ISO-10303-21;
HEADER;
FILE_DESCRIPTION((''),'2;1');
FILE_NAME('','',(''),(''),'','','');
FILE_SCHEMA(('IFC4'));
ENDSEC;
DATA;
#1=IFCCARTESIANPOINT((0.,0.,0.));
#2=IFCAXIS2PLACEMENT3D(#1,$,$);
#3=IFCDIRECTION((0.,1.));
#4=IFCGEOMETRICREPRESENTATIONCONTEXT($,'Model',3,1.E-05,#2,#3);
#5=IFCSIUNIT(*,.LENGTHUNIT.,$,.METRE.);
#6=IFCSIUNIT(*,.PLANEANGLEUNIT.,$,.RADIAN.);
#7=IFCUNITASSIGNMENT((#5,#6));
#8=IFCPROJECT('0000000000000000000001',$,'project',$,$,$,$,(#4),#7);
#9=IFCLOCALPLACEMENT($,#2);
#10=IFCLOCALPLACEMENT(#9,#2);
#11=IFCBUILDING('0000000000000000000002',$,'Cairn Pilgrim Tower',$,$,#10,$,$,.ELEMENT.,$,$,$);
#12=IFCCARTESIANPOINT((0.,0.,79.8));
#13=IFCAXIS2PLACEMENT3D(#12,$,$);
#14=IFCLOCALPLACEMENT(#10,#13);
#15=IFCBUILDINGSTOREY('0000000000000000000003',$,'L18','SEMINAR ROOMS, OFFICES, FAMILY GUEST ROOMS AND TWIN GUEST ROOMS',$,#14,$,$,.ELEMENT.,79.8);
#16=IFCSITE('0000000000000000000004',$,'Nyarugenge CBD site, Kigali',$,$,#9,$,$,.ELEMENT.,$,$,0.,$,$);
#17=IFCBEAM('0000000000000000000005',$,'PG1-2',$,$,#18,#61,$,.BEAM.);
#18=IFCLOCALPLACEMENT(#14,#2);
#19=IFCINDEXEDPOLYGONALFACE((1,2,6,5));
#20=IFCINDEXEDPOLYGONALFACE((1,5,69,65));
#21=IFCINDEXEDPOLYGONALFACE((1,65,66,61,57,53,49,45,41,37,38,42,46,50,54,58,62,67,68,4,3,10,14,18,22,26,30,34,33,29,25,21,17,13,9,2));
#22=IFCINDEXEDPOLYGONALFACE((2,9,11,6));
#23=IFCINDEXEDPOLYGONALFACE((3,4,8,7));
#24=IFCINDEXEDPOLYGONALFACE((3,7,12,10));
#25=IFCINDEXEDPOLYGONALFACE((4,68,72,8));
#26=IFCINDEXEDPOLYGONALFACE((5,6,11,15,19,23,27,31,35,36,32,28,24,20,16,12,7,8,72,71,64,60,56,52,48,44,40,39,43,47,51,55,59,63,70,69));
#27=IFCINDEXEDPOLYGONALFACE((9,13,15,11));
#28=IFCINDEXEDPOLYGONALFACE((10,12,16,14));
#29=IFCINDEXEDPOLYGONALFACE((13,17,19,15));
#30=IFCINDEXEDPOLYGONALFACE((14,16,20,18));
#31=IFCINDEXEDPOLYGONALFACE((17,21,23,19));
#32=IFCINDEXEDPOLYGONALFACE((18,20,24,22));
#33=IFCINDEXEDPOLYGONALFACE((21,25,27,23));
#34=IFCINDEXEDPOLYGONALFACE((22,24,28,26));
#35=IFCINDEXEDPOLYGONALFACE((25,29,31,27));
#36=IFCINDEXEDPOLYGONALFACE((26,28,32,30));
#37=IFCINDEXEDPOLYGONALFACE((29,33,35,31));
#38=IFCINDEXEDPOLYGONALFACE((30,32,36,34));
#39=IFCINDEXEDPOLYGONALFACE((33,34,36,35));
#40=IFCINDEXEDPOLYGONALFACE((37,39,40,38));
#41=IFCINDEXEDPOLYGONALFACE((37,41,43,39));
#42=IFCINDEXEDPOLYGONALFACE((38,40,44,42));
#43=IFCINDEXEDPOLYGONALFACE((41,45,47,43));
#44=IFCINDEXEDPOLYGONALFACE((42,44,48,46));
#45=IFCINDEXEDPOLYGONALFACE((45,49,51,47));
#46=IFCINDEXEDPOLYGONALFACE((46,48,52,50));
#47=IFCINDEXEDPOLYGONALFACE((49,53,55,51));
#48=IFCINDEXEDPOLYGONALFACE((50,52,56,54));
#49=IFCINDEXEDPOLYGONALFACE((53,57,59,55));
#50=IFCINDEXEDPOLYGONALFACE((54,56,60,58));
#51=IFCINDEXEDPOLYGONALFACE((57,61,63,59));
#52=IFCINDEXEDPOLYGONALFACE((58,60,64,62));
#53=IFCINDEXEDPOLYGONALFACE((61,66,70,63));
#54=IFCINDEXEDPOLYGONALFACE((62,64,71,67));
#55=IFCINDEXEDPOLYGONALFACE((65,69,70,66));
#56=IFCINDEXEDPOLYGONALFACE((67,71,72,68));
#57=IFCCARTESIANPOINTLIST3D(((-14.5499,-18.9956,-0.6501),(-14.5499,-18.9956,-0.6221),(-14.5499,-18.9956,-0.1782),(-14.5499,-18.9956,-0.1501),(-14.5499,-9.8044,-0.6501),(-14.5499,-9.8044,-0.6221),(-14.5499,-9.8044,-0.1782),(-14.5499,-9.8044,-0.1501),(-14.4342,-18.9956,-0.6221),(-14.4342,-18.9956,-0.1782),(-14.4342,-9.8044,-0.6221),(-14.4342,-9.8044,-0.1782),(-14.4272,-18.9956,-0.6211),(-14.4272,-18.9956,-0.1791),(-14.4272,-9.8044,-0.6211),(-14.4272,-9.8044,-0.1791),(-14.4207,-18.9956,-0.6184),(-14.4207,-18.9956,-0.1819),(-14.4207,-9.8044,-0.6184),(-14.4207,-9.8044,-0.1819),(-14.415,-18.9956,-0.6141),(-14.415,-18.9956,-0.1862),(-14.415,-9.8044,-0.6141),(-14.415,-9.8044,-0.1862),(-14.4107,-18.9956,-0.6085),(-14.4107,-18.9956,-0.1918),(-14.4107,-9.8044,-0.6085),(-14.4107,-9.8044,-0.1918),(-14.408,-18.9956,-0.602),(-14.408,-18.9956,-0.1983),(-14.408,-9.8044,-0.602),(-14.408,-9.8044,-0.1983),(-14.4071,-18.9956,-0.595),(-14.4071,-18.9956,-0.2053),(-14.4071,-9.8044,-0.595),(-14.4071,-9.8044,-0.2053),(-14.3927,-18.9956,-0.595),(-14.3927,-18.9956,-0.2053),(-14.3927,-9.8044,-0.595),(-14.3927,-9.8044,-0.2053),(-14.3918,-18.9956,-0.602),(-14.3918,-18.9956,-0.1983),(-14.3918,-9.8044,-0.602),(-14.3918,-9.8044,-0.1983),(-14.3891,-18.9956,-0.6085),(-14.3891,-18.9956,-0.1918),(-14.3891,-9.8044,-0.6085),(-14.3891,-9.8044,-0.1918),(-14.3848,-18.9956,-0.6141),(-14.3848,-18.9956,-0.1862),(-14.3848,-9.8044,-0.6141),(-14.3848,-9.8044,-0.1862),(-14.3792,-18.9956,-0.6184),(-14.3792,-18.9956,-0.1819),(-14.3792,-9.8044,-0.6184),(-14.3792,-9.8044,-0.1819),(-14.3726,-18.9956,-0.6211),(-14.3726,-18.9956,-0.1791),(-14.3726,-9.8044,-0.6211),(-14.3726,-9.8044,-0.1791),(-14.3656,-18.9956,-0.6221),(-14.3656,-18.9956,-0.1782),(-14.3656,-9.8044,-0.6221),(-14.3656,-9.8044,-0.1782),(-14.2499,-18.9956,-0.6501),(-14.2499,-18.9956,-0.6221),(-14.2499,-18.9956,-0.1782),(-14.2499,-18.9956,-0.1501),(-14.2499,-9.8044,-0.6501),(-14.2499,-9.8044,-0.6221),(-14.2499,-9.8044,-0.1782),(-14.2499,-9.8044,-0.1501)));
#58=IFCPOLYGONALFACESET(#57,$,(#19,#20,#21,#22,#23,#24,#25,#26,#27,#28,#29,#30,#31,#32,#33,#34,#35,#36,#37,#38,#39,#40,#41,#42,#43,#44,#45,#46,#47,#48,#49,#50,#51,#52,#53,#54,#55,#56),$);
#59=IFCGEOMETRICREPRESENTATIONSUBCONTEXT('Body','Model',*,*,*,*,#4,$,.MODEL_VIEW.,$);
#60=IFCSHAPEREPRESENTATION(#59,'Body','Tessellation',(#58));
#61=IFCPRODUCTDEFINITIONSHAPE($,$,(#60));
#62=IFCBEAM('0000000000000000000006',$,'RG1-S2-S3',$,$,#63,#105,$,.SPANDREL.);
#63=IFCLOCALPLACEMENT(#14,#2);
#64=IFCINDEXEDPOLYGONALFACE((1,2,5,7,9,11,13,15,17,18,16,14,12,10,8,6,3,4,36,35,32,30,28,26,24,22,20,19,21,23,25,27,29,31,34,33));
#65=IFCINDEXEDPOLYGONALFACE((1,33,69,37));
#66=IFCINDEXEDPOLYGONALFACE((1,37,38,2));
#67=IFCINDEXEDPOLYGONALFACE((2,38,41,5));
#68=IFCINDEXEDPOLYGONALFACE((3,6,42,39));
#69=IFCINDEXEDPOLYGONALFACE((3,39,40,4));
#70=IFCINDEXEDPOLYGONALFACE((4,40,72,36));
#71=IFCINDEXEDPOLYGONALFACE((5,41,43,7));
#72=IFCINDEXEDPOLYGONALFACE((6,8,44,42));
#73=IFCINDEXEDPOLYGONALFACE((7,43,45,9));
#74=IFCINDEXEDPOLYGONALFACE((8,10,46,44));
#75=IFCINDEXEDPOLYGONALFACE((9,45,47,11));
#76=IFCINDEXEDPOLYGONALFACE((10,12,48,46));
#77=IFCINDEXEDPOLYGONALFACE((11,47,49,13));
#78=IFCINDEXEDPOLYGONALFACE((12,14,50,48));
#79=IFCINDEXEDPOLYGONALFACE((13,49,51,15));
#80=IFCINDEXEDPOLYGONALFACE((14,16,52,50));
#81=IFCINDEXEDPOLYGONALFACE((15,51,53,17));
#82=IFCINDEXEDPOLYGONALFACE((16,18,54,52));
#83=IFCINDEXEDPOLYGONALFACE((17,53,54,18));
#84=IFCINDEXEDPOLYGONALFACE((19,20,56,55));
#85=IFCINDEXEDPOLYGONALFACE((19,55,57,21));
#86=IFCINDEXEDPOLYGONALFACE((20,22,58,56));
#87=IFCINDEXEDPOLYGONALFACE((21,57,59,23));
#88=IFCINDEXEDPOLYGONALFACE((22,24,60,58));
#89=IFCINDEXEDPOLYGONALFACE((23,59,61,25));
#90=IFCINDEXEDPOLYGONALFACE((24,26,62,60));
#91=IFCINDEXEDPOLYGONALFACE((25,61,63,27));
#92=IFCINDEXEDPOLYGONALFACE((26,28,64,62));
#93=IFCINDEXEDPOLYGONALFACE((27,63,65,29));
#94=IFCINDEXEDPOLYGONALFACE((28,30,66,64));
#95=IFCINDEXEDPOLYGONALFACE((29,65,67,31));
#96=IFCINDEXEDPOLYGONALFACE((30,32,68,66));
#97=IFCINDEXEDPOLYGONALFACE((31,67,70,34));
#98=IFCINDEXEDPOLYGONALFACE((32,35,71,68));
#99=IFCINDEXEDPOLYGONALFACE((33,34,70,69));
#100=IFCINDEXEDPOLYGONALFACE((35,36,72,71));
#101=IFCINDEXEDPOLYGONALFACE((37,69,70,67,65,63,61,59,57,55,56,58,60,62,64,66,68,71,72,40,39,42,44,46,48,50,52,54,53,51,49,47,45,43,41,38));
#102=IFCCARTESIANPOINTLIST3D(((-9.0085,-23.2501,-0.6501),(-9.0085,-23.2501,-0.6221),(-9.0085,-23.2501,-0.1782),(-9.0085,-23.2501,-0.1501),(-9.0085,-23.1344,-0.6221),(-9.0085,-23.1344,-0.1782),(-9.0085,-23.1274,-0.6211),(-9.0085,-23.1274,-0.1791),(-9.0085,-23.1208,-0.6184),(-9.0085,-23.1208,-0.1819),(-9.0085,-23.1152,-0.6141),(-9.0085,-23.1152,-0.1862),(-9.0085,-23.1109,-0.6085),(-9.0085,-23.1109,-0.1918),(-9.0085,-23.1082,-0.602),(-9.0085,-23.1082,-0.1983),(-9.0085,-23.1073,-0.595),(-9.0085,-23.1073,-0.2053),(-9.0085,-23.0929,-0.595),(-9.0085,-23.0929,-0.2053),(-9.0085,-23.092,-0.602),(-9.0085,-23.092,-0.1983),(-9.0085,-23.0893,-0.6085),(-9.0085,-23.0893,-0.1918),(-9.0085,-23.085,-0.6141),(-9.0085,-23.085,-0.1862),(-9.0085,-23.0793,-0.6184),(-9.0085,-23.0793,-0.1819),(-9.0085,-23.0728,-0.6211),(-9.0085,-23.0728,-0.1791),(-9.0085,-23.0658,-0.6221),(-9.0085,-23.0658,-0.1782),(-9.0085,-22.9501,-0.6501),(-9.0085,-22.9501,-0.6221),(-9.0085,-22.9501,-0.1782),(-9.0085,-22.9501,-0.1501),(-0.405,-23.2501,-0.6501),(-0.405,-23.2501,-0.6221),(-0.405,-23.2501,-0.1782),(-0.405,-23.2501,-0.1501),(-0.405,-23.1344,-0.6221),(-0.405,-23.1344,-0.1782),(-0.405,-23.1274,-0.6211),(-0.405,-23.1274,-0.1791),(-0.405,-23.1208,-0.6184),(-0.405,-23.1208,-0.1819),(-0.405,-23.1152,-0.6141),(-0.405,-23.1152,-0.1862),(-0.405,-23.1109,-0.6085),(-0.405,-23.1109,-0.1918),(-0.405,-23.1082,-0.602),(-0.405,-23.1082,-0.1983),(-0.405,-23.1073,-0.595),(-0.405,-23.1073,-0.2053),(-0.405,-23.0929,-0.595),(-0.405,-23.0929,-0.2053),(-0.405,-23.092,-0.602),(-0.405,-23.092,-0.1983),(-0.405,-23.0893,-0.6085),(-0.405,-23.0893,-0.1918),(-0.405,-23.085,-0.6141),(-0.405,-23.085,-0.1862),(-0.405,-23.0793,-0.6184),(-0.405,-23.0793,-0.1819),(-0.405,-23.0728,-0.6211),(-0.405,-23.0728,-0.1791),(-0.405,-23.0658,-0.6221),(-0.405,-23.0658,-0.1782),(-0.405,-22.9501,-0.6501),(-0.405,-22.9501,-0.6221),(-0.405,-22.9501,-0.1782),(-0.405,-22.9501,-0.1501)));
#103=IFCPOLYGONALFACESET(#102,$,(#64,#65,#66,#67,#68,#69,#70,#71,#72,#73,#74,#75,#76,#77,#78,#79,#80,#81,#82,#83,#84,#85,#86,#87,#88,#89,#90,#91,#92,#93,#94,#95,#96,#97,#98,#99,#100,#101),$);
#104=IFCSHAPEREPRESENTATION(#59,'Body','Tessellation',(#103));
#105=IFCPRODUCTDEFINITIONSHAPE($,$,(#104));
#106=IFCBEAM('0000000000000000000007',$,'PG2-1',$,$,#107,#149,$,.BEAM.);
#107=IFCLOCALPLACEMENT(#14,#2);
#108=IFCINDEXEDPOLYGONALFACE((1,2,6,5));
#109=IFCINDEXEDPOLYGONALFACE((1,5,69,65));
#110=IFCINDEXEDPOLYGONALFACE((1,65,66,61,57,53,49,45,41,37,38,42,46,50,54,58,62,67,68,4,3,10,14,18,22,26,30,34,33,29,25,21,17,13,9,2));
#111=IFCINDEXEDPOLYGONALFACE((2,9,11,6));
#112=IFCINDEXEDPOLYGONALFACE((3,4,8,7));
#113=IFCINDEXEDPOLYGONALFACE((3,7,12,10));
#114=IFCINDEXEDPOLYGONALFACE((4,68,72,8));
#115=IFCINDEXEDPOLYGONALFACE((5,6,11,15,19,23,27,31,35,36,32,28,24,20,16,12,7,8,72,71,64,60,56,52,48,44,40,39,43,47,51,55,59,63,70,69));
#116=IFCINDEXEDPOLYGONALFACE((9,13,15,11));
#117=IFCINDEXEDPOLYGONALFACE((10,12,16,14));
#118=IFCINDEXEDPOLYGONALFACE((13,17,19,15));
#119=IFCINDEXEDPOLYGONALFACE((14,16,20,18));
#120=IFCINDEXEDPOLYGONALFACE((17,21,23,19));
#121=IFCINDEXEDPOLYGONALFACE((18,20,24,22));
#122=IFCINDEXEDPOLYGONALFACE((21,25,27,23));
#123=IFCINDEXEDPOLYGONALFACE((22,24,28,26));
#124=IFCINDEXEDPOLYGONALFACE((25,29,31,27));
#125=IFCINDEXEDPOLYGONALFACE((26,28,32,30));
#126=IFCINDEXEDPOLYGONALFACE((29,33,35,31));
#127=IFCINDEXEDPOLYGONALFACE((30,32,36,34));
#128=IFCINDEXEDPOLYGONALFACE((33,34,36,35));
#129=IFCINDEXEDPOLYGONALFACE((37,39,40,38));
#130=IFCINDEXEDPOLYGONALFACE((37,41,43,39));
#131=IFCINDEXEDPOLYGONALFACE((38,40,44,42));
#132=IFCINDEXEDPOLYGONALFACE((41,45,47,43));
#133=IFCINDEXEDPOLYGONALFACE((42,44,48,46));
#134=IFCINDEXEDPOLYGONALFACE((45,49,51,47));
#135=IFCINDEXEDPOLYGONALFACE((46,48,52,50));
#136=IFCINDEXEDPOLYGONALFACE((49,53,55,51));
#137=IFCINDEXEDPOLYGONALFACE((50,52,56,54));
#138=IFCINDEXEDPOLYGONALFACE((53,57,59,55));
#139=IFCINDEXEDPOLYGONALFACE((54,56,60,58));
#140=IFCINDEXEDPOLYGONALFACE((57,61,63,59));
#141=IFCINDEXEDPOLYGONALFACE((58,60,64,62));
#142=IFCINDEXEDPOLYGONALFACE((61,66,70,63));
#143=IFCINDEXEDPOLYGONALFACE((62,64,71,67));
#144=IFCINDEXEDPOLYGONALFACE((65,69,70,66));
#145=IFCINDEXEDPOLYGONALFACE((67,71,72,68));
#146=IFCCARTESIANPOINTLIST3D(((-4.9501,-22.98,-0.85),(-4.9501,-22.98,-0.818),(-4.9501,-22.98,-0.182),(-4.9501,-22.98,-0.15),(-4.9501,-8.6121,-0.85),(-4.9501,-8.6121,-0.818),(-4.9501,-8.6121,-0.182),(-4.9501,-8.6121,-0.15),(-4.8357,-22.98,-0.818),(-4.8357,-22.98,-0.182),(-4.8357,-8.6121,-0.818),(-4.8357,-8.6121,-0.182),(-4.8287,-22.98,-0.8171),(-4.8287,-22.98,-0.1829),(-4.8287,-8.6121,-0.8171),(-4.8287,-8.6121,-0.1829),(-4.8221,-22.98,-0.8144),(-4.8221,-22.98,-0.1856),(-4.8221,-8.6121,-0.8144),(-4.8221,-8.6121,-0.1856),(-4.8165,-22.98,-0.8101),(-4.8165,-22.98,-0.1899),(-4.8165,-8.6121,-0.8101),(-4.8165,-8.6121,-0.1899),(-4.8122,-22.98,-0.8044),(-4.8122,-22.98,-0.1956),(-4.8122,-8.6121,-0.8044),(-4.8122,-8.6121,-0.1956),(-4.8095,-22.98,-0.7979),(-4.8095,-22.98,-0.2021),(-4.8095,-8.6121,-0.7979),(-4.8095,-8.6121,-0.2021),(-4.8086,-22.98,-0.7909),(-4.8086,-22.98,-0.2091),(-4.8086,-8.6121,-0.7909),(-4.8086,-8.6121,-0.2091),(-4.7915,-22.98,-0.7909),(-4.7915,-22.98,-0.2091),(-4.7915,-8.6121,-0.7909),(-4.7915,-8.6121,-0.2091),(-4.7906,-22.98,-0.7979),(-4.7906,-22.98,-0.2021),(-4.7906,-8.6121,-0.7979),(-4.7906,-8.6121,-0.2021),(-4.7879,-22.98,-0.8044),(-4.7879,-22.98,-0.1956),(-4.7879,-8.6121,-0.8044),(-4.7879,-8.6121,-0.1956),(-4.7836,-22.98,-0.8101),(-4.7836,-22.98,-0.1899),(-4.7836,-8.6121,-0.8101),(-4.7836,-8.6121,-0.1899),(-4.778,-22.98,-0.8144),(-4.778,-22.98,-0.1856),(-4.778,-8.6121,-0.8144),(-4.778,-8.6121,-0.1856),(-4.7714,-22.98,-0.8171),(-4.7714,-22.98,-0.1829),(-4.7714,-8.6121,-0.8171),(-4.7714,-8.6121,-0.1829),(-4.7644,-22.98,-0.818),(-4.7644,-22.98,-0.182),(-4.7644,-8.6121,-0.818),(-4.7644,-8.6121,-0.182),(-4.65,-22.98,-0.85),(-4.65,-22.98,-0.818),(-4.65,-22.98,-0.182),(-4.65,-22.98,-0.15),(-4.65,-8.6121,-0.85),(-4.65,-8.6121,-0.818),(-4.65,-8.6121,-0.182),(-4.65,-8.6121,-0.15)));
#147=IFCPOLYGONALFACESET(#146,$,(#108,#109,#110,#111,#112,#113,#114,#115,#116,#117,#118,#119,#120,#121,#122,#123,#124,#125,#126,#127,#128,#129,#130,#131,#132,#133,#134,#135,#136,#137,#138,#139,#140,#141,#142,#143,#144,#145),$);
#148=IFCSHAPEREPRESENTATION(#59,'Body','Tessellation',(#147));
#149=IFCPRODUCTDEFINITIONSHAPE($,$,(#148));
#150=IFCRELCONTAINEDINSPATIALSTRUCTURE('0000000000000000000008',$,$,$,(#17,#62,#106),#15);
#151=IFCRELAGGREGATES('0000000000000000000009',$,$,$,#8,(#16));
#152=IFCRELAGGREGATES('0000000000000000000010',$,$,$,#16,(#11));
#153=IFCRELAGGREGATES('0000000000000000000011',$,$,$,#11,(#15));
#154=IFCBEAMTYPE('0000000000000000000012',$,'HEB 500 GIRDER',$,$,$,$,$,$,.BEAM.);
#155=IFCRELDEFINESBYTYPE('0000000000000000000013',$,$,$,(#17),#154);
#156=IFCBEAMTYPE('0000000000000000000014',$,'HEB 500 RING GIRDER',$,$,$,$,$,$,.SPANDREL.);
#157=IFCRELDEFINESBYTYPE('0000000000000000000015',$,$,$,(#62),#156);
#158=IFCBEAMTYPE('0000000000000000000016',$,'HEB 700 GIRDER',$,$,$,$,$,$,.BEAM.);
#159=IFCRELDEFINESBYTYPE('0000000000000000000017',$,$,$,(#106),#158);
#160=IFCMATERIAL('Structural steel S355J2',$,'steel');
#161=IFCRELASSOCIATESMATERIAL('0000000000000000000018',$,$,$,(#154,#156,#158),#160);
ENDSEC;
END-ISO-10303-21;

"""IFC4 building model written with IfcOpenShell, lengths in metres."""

from ifc_helpers import new_model, si_unit, direction, frame, origin, origin_2d, place, context, subcontext, project, spatial, i_section, extrude, material, material_profile, profile_set, type_object, element, save


model = new_model("IFC4")

# Units and contexts
model_context = context("Model", 3, precision=1e-05, world=origin(), true_north=direction((0.0, 1.0)))
body_context = subcontext(model_context, "Body", "Model", "MODEL_VIEW")
ifc_project = project(units=[si_unit("LENGTHUNIT", "METRE"), si_unit("PLANEANGLEUNIT", "RADIAN")], contexts=[model_context])

# Site, building, storey
site_placement = place(None, origin())
site = spatial("IfcSite", under=ifc_project, at=site_placement, Name="Nyarugenge CBD site, Kigali", CompositionType="ELEMENT", RefElevation=0.0)
building_placement = place(site_placement, origin())
building = spatial("IfcBuilding", under=site, at=building_placement, Name="Cairn Pilgrim Tower", CompositionType="ELEMENT")
storey_placement = place(building_placement, frame((0.0, 0.0, 79.8)))
storey = spatial("IfcBuildingStorey", under=building, at=storey_placement, Name="L18", Description="SEMINAR ROOMS, OFFICES, FAMILY GUEST ROOMS AND TWIN GUEST ROOMS", CompositionType="ELEMENT", Elevation=79.8)

# Beams
ifc_material_1 = material(Name="Structural steel S355J2", Category="steel")
ifc_material_profile_1 = material_profile(ifc_material_1, i_section(OverallWidth=0.3, OverallDepth=0.5, WebThickness=0.0144, FlangeThickness=0.0281, FilletRadius=0.0271, at=origin_2d()), Name="HEB 500")
ifc_profile_set_1 = profile_set([ifc_material_profile_1], Name="Structural steel S355J2")
beam_type_1 = type_object("IfcBeamType", Name="HEB 500 GIRDER", PredefinedType="BEAM", material=ifc_profile_set_1)
beam_1_placement = place(storey_placement, frame((-14.3999, -18.9956, -0.4001), z_axis=(0.0, 1.0, 0.0), x_axis=(-1.0, 0.0, 0.0)))
element("IfcBeam", 1, at=beam_1_placement, inside=storey, type_object=beam_type_1, Name="PG1-2", PredefinedType="BEAM", context=body_context, shape_type="SweptSolid", body=[
    extrude(i_section(OverallWidth=0.3, OverallDepth=0.5, WebThickness=0.0144, FlangeThickness=0.0281, FilletRadius=0.0271, at=origin_2d()), origin(), (0.0, 0.0, 1.0), 9.1912),
])
ifc_material_profile_2 = material_profile(ifc_material_1, i_section(OverallWidth=0.3, OverallDepth=0.5, WebThickness=0.0144, FlangeThickness=0.0281, FilletRadius=0.0271, at=origin_2d()), Name="HEB 500")
ifc_profile_set_2 = profile_set([ifc_material_profile_2], Name="Structural steel S355J2")
beam_type_2 = type_object("IfcBeamType", Name="HEB 500 RING GIRDER", PredefinedType="SPANDREL", material=ifc_profile_set_2)
beam_2_placement = place(storey_placement, frame((-9.0085, -23.1001, -0.4001), z_axis=(1.0, 0.0, 0.0), x_axis=(0.0, 1.0, 0.0)))
element("IfcBeam", 2, at=beam_2_placement, inside=storey, type_object=beam_type_2, Name="RG1-S2-S3", PredefinedType="SPANDREL", context=body_context, shape_type="SweptSolid", body=[
    extrude(i_section(OverallWidth=0.3, OverallDepth=0.5, WebThickness=0.0144, FlangeThickness=0.0281, FilletRadius=0.0271, at=origin_2d()), origin(), (0.0, 0.0, 1.0), 8.6035),
])
ifc_material_profile_3 = material_profile(ifc_material_1, i_section(OverallWidth=0.3, OverallDepth=0.7, WebThickness=0.0171, FlangeThickness=0.032, FilletRadius=0.0271, at=origin_2d()), Name="HEB 700")
ifc_profile_set_3 = profile_set([ifc_material_profile_3], Name="Structural steel S355J2")
beam_type_3 = type_object("IfcBeamType", Name="HEB 700 GIRDER", PredefinedType="BEAM", material=ifc_profile_set_3)
beam_3_placement = place(storey_placement, frame((-4.8, -22.98, -0.5), z_axis=(0.0, 1.0, 0.0), x_axis=(-1.0, 0.0, 0.0)))
element("IfcBeam", 3, at=beam_3_placement, inside=storey, type_object=beam_type_3, Name="PG2-1", PredefinedType="BEAM", context=body_context, shape_type="SweptSolid", body=[
    extrude(i_section(OverallWidth=0.3, OverallDepth=0.7, WebThickness=0.0171, FlangeThickness=0.032, FilletRadius=0.0271, at=origin_2d()), origin(), (0.0, 0.0, 1.0), 14.3679),
])

save(model, "model.ifc")
